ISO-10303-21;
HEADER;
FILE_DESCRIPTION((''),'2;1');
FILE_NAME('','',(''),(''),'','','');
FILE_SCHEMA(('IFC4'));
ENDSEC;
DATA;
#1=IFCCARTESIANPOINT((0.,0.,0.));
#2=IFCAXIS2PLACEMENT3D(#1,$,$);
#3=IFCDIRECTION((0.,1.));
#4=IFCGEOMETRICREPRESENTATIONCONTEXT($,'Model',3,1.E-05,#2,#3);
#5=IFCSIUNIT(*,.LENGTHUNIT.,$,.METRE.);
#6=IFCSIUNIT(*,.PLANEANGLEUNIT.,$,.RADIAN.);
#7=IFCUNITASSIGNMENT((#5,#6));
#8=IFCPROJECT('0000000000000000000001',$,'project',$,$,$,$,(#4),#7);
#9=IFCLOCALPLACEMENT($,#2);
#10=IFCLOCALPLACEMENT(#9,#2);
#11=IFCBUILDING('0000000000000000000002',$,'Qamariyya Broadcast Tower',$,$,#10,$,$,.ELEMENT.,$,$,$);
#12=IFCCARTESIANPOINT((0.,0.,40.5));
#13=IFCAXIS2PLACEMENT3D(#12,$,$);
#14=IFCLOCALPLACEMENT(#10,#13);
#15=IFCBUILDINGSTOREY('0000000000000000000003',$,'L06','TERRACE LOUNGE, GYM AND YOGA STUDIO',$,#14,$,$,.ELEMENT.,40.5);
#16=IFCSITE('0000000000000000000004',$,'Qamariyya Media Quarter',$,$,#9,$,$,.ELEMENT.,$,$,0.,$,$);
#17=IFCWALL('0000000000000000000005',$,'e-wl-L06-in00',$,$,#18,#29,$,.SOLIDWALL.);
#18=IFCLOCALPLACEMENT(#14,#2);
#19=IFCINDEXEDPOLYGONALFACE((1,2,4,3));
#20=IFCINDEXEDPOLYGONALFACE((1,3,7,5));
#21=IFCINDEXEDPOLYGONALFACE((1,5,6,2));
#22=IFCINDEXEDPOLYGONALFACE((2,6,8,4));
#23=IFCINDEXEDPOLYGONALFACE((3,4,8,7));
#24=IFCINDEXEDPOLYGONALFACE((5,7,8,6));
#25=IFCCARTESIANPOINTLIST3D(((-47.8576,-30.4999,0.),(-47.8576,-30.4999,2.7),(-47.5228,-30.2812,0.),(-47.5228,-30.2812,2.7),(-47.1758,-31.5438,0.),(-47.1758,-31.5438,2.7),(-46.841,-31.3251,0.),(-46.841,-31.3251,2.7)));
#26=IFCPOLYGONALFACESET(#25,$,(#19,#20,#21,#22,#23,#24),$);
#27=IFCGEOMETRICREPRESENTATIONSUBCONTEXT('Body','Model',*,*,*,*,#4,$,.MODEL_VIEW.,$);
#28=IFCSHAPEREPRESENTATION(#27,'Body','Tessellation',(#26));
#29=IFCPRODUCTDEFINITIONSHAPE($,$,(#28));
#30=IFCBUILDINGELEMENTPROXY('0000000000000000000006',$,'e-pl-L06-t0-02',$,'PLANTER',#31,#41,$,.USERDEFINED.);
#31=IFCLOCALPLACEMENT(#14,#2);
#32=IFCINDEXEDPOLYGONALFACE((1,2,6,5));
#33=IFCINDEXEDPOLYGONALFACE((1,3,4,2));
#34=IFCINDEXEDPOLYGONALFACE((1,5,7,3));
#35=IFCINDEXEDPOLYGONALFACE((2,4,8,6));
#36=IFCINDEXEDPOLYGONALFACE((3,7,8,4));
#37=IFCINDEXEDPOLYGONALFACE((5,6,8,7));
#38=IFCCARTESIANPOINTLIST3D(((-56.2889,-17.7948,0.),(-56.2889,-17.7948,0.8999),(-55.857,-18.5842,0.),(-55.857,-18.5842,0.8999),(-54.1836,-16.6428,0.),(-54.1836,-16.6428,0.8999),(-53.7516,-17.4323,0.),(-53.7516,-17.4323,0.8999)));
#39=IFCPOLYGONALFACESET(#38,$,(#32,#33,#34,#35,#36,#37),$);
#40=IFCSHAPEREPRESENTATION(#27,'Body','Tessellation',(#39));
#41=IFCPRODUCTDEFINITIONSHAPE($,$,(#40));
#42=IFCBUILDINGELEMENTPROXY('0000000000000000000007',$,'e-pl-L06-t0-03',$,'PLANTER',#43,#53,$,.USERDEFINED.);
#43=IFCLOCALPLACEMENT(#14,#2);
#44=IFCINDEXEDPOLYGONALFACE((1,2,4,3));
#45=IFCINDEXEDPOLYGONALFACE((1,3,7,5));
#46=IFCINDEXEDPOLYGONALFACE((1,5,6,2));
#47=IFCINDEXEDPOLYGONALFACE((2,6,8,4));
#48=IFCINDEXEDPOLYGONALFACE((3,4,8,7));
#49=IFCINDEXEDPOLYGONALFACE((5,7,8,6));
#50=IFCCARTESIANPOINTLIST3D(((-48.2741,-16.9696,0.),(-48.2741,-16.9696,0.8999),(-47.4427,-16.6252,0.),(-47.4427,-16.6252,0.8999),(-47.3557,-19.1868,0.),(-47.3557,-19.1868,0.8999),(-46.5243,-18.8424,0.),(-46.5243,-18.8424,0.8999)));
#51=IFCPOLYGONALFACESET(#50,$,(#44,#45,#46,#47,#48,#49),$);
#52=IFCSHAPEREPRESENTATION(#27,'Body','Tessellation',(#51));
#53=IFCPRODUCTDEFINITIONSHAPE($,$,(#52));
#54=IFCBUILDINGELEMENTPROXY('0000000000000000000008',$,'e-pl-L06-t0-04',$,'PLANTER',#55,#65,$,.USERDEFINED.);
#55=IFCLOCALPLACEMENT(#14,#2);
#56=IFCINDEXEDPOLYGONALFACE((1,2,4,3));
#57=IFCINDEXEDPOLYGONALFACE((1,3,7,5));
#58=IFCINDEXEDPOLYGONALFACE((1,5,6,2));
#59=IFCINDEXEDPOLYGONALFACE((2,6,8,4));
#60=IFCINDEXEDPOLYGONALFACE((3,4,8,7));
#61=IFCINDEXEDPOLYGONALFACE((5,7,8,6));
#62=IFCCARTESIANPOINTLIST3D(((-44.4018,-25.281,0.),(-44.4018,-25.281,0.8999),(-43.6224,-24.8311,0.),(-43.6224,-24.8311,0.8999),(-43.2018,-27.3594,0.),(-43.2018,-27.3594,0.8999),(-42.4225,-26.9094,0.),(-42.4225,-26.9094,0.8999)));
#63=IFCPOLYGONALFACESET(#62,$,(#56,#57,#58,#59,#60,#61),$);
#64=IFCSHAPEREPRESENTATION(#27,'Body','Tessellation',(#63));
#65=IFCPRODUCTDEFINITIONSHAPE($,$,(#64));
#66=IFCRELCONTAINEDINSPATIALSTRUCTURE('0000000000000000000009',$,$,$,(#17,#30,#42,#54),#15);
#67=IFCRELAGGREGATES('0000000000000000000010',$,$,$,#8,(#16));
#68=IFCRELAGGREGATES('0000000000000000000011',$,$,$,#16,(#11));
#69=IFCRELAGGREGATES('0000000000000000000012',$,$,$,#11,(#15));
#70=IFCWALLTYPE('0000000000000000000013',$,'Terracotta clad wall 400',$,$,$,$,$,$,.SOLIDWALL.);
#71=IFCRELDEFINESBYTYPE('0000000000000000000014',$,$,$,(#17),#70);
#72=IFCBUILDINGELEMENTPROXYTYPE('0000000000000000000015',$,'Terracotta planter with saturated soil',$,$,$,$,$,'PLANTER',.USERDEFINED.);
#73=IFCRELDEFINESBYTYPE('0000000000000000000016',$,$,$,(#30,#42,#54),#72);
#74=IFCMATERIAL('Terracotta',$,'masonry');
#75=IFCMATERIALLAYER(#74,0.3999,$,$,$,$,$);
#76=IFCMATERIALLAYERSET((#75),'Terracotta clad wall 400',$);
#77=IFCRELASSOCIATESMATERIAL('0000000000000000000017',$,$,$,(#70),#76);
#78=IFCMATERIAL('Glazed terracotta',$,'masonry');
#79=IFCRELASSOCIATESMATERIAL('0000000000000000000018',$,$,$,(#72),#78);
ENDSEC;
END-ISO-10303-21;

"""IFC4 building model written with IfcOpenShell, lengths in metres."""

from ifc_helpers import new_model, si_unit, direction, frame, frame_2d, origin, origin_2d, place, context, subcontext, project, spatial, rectangle, extrude, material, layer, layer_set, type_object, element, save


model = new_model("IFC4")

# Units and contexts
model_context = context("Model", 3, precision=1e-05, world=origin(), true_north=direction((0.0, 1.0)))
body_context = subcontext(model_context, "Body", "Model", "MODEL_VIEW")
ifc_project = project(units=[si_unit("LENGTHUNIT", "METRE"), si_unit("PLANEANGLEUNIT", "RADIAN")], contexts=[model_context])

# Site, building, storey
site_placement = place(None, origin())
site = spatial("IfcSite", under=ifc_project, at=site_placement, Name="Qamariyya Media Quarter", CompositionType="ELEMENT", RefElevation=0.0)
building_placement = place(site_placement, origin())
building = spatial("IfcBuilding", under=site, at=building_placement, Name="Qamariyya Broadcast Tower", CompositionType="ELEMENT")
storey_placement = place(building_placement, frame((0.0, 0.0, 40.5)))
storey = spatial("IfcBuildingStorey", under=building, at=storey_placement, Name="L06", Description="TERRACE LOUNGE, GYM AND YOGA STUDIO", CompositionType="ELEMENT", Elevation=40.5)

# Shared definitions
ifc_material_1 = material(Name="Terracotta", Category="masonry")
ifc_layer = layer(ifc_material_1, 0.3999)
ifc_layer_set = layer_set([ifc_layer], Name="Terracotta clad wall 400")
wall_type = type_object("IfcWallType", Name="Terracotta clad wall 400", PredefinedType="SOLIDWALL", material=ifc_layer_set)

# Wall
wall_1_placement = place(storey_placement, frame((-47.0083, -31.4346, 0.0), z_axis=(0.0, 0.0, 1.0), x_axis=(-0.546859, 0.837225, 0.0)))
element("IfcWall", 1, at=wall_1_placement, inside=storey, type_object=wall_type, Name="e-wl-L06-in00", PredefinedType="SOLIDWALL", context=body_context, shape_type="SweptSolid", body=[
    extrude(rectangle(XDim=1.2468, YDim=0.3999, at=frame_2d((0.6235, 0.0))), origin(), (0.0, 0.0, 1.0), 2.7),
])

# Building element proxies
ifc_material_2 = material(Name="Glazed terracotta", Category="masonry")
building_element_proxy_type = type_object("IfcBuildingElementProxyType", Name="Terracotta planter with saturated soil", ElementType="PLANTER", PredefinedType="USERDEFINED", material=ifc_material_2)
for number, where, z_axis, x_axis, name in (
    (2, (-55.0203, -17.6135, 0.0), (0.0, 0.0, 1.0), (0.877271, 0.479995, 0.0), "e-pl-L06-t0-02"),
    (3, (-47.3992, -17.906, 0.0), (0.0, 0.0, 1.0), (0.382683, -0.92388, 0.0), "e-pl-L06-t0-03"),
    (4, (-43.4121, -26.0952, 0.0), (0.0, 0.0, 1.0), (0.5, -0.866025, 0.0), "e-pl-L06-t0-04"),
):
    element("IfcBuildingElementProxy", number, at=place(storey_placement, frame(where, z_axis=z_axis, x_axis=x_axis)), inside=storey, type_object=building_element_proxy_type, Name=name, ObjectType="PLANTER", PredefinedType="USERDEFINED", context=body_context, shape_type="SweptSolid", body=[
        extrude(rectangle(XDim=2.3999, YDim=0.8999, at=origin_2d()), origin(), (0.0, 0.0, 1.0), 0.8999),
    ])

save(model, "model.ifc")
